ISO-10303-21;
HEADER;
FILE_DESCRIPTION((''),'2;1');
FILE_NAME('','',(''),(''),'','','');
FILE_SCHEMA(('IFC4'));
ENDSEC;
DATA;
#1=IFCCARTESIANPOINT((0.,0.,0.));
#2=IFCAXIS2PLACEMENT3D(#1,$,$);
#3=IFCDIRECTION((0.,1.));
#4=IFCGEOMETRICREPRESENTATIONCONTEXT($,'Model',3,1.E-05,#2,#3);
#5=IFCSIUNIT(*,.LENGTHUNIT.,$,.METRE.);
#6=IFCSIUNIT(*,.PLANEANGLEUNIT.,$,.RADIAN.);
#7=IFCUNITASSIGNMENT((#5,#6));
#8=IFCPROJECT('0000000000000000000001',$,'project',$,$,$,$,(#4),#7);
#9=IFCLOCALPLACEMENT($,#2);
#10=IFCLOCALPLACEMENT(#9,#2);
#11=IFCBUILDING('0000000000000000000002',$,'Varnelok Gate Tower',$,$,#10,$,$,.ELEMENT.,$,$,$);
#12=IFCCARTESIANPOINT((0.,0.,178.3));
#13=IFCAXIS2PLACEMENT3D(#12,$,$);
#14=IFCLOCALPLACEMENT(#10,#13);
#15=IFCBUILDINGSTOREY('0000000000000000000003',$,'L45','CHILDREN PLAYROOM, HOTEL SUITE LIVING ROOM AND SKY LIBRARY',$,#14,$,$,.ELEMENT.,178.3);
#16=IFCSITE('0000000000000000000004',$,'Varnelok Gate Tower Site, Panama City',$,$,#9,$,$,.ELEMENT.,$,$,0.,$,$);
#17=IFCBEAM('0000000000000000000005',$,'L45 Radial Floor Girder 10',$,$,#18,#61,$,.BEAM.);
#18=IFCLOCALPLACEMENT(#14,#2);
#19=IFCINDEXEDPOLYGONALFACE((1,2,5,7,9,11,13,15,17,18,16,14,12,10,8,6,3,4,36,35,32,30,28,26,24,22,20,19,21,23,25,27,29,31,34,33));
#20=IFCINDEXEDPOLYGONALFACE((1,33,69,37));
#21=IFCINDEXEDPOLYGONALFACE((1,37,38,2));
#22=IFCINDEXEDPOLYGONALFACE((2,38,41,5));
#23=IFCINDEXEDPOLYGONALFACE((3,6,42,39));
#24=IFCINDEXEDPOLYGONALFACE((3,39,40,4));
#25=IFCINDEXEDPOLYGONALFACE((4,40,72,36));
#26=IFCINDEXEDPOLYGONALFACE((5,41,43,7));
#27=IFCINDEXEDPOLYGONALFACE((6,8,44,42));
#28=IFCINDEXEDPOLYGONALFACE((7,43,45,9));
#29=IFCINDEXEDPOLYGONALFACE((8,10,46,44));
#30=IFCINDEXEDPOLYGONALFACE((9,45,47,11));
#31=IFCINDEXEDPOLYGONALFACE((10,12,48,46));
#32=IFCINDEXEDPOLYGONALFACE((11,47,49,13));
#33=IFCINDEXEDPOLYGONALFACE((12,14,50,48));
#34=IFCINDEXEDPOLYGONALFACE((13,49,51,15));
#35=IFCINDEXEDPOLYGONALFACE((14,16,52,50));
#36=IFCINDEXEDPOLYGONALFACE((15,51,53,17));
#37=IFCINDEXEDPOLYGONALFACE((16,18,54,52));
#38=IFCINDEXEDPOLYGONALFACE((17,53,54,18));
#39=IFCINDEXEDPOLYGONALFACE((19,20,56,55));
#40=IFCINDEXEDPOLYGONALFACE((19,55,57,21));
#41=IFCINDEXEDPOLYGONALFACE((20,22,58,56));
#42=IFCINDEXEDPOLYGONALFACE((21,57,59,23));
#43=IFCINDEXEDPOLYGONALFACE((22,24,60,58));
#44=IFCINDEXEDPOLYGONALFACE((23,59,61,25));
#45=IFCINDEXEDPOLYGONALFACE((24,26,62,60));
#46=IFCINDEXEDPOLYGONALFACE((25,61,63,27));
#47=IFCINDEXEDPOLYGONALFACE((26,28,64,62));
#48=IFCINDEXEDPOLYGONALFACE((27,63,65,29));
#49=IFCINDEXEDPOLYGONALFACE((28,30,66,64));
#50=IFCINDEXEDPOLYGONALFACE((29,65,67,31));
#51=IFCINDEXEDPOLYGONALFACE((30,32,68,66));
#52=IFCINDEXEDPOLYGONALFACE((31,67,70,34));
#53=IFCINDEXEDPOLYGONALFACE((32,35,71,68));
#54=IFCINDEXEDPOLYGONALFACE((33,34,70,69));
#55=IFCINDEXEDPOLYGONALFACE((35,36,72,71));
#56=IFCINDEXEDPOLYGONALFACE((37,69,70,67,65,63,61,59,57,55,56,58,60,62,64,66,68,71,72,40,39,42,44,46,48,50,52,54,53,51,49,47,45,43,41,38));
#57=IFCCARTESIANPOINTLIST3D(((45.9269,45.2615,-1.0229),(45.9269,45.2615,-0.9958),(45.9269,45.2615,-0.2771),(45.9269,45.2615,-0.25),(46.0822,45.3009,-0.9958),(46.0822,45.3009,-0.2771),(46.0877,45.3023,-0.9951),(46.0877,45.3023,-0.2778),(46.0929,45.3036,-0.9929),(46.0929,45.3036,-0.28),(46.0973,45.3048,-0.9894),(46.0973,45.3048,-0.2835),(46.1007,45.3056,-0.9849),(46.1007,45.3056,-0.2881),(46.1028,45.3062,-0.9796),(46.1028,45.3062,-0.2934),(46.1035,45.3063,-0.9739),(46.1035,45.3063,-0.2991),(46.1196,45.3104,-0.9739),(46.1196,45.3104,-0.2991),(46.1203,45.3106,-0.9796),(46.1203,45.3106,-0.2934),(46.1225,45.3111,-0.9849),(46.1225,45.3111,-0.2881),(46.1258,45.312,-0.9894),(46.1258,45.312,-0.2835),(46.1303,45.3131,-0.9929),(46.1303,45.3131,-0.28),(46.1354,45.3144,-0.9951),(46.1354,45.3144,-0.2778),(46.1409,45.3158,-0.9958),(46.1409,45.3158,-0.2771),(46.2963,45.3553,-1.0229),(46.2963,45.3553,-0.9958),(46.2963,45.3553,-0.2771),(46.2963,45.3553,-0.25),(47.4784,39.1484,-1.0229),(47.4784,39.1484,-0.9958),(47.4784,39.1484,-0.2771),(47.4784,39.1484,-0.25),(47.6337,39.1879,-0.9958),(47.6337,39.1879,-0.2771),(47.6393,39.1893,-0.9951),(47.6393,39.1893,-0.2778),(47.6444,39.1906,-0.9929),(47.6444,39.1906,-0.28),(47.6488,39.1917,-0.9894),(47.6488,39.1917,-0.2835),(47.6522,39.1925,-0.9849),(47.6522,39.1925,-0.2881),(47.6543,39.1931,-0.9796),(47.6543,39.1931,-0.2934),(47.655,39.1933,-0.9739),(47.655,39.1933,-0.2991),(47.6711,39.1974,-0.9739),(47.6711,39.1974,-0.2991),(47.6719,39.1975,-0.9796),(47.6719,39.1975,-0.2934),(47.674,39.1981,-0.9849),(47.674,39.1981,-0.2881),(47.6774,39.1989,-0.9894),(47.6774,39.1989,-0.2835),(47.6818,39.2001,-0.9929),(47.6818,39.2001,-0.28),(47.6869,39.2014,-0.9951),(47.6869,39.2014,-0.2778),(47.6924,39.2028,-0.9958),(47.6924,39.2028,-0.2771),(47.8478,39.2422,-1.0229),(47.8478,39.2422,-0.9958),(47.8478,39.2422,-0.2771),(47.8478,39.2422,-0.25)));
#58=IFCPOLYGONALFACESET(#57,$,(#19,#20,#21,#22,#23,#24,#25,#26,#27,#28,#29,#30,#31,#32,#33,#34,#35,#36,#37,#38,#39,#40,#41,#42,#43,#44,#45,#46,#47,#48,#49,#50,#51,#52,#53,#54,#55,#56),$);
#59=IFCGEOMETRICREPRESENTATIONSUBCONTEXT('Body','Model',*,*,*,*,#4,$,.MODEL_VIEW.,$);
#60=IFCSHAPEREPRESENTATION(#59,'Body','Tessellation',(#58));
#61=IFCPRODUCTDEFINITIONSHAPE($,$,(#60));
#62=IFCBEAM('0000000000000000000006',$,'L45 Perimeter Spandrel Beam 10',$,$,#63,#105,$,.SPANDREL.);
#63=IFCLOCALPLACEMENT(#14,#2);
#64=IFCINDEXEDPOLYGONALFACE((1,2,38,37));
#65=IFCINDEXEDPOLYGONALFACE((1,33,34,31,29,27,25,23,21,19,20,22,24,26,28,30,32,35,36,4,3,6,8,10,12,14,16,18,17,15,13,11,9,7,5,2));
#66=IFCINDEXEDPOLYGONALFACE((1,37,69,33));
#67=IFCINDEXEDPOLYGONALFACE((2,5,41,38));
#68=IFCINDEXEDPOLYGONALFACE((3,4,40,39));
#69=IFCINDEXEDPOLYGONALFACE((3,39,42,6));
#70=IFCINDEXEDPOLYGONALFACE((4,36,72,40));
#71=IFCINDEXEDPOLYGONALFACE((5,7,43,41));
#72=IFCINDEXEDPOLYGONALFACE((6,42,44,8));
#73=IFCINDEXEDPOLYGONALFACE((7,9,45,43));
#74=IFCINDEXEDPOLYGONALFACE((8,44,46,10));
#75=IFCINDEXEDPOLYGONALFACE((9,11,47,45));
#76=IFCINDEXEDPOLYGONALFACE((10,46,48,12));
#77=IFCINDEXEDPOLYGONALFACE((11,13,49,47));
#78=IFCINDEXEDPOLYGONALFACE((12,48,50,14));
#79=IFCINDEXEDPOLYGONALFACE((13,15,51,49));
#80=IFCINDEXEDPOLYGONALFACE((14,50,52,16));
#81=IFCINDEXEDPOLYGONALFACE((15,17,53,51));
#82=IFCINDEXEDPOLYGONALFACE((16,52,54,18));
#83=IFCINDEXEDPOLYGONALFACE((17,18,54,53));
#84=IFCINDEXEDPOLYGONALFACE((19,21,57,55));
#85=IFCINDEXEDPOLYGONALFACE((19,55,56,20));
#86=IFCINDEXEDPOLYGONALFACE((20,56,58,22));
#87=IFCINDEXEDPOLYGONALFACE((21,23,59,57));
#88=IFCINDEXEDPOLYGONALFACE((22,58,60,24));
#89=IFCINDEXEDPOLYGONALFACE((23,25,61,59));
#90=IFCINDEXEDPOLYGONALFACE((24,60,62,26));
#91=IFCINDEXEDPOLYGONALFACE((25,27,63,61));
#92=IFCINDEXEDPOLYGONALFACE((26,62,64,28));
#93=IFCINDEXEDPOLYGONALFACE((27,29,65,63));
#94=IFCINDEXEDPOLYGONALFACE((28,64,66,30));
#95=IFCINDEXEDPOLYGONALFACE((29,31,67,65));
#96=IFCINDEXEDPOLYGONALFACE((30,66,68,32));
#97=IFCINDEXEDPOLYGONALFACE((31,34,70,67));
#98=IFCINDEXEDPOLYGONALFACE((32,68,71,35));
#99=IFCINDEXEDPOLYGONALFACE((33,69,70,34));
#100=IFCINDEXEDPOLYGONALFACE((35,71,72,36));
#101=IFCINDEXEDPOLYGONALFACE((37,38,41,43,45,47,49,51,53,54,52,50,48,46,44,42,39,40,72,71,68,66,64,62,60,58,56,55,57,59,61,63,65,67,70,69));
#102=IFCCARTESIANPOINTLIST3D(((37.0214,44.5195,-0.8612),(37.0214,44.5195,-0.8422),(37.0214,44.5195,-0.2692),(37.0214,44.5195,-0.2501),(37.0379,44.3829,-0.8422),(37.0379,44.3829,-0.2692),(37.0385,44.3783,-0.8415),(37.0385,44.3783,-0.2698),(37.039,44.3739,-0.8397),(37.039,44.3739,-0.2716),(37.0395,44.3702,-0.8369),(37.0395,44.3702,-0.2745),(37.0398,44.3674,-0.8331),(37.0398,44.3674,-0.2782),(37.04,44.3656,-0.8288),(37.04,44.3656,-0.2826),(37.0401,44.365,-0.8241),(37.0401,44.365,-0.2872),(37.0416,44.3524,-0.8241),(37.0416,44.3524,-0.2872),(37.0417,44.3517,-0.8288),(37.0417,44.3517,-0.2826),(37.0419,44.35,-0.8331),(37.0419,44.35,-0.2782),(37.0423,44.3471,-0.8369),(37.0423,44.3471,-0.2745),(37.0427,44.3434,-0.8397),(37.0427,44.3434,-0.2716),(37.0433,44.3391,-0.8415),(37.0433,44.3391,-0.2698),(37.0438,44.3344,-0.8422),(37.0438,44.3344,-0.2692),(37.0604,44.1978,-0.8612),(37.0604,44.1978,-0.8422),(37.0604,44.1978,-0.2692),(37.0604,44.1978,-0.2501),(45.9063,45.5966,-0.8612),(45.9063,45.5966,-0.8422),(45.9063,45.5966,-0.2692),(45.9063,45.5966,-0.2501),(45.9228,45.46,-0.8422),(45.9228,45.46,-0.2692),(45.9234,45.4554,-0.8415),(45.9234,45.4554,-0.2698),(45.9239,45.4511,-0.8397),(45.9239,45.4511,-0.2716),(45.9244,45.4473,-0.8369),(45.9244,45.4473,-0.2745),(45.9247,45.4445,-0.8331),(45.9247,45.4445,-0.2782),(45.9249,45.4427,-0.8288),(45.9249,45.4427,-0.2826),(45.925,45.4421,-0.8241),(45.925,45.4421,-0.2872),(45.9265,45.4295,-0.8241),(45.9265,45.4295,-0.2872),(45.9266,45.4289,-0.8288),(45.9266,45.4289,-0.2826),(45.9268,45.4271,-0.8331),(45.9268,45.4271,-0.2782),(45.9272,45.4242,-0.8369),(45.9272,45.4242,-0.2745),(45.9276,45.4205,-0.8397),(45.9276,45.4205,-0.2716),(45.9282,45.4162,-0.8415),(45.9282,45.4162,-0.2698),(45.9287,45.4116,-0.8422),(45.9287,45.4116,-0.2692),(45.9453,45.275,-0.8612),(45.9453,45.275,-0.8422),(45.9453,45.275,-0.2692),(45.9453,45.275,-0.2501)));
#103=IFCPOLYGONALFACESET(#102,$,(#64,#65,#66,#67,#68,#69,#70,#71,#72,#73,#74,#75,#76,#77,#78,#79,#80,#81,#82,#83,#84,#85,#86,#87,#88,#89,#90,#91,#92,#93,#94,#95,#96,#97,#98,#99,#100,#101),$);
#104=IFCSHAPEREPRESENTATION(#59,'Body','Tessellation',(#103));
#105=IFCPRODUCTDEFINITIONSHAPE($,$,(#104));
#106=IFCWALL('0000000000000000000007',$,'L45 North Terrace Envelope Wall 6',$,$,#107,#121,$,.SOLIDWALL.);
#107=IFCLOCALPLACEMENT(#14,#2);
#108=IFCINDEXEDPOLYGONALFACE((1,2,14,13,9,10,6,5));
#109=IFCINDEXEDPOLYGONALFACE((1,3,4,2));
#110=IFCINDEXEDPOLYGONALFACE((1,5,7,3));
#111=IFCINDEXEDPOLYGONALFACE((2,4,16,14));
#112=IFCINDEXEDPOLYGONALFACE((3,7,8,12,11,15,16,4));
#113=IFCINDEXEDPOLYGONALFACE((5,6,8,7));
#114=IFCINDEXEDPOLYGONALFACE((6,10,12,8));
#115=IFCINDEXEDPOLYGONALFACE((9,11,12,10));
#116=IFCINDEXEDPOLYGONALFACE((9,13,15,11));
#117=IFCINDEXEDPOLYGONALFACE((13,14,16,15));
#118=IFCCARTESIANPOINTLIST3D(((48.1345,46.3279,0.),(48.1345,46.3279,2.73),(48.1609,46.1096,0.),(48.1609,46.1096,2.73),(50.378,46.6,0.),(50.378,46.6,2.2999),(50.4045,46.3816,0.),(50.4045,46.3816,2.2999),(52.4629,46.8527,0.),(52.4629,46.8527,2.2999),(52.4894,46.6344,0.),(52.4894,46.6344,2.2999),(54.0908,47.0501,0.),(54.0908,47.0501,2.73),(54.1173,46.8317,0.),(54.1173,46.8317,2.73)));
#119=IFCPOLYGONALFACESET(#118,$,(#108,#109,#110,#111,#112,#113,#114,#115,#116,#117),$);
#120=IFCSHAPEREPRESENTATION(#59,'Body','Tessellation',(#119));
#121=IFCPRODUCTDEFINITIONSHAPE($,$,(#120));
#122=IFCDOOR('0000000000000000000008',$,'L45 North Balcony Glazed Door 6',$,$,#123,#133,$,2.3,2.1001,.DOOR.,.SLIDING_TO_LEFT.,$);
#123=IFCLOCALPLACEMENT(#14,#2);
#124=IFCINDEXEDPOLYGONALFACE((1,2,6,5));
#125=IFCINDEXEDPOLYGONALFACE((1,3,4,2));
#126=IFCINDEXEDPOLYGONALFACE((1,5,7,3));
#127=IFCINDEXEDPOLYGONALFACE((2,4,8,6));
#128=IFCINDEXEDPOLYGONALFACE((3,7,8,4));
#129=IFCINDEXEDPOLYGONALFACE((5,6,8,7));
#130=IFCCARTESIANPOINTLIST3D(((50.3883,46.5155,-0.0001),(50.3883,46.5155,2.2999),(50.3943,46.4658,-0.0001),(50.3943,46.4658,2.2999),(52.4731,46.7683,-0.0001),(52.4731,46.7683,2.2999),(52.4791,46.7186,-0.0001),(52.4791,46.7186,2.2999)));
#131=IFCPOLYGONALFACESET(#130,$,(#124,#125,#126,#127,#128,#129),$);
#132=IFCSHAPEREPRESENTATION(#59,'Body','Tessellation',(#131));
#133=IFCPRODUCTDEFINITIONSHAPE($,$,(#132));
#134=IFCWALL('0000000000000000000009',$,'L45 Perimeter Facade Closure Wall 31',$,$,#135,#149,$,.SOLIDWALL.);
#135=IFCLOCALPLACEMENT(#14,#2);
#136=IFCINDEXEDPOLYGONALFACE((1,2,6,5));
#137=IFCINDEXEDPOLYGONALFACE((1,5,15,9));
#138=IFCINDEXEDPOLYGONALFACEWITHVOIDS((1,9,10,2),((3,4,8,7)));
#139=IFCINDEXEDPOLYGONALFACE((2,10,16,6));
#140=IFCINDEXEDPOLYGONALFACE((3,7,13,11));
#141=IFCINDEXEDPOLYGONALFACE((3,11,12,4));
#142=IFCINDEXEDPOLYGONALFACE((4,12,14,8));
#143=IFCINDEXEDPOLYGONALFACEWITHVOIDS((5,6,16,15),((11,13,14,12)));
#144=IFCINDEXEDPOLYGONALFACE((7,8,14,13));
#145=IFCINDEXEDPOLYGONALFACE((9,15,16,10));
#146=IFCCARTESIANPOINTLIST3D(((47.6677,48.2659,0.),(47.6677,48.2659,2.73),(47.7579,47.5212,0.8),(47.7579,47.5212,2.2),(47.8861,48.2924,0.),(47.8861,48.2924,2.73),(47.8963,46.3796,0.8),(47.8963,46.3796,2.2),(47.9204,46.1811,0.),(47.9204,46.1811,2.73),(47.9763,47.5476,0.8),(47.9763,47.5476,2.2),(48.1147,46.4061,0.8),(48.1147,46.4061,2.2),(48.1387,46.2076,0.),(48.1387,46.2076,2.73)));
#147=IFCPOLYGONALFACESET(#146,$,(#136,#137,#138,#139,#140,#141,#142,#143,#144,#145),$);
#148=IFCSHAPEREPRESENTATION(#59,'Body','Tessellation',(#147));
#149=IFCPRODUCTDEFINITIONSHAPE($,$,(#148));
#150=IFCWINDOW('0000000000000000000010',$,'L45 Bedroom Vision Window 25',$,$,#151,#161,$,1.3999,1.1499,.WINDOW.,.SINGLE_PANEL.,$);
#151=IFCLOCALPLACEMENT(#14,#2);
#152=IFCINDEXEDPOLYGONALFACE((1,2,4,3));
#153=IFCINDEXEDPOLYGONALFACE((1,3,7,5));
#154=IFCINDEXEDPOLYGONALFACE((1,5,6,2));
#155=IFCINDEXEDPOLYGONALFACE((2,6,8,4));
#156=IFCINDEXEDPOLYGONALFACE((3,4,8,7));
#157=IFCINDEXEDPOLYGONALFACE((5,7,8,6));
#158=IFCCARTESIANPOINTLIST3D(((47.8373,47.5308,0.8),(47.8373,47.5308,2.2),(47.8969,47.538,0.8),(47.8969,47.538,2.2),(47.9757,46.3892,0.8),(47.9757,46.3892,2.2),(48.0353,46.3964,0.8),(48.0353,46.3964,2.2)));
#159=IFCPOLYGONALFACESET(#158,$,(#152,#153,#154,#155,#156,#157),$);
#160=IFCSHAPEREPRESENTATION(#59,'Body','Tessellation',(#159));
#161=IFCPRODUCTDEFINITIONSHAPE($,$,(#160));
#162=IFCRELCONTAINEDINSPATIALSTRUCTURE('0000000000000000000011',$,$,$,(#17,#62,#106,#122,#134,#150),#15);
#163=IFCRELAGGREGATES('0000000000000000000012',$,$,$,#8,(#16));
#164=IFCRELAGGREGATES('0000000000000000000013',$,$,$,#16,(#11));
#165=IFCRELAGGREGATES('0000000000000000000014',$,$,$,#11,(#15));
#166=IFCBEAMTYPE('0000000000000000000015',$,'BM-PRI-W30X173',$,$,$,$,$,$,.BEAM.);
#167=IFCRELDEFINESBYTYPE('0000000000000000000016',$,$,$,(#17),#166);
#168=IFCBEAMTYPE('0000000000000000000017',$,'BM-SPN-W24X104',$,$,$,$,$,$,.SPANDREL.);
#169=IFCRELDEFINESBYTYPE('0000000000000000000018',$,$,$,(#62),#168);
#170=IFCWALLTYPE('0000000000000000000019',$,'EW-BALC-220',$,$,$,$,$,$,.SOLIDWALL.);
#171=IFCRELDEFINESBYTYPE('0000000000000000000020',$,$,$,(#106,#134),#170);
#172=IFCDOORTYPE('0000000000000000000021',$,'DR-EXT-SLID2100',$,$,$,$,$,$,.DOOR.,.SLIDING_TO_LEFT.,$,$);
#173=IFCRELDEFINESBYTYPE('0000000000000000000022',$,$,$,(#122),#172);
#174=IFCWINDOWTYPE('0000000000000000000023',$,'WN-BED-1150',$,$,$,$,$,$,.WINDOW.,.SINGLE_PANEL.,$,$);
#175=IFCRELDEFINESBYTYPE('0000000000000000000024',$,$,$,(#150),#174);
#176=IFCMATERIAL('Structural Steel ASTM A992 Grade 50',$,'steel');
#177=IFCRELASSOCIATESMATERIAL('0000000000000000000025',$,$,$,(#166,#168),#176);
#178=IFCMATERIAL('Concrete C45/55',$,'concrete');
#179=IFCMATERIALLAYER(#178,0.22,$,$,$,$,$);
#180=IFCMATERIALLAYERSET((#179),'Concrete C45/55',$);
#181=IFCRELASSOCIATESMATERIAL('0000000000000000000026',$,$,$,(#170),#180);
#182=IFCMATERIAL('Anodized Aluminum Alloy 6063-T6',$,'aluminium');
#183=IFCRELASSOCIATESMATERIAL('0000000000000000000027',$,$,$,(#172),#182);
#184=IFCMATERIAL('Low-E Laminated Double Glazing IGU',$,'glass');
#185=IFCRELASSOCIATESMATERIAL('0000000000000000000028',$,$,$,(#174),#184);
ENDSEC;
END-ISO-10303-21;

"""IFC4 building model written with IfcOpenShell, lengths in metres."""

from ifc_helpers import new_model, si_unit, direction, frame, frame_2d, origin, origin_2d, place, context, subcontext, project, spatial, rectangle, i_section, extrude, material, layer, layer_set, material_profile, profile_set, type_object, element, fill, save


model = new_model("IFC4")

# Units and contexts
model_context = context("Model", 3, precision=1e-05, world=origin(), true_north=direction((0.0, 1.0)))
body_context = subcontext(model_context, "Body", "Model", "MODEL_VIEW")
ifc_project = project(units=[si_unit("LENGTHUNIT", "METRE"), si_unit("PLANEANGLEUNIT", "RADIAN")], contexts=[model_context])

# Site, building, storey
site_placement = place(None, origin())
site = spatial("IfcSite", under=ifc_project, at=site_placement, Name="Varnelok Gate Tower Site, Panama City", CompositionType="ELEMENT", RefElevation=0.0)
building_placement = place(site_placement, origin())
building = spatial("IfcBuilding", under=site, at=building_placement, Name="Varnelok Gate Tower", CompositionType="ELEMENT")
storey_placement = place(building_placement, frame((0.0, 0.0, 178.3)))
storey = spatial("IfcBuildingStorey", under=building, at=storey_placement, Name="L45", Description="CHILDREN PLAYROOM, HOTEL SUITE LIVING ROOM AND SKY LIBRARY", CompositionType="ELEMENT", Elevation=178.3)

# Shared definitions
ifc_material_1 = material(Name="Structural Steel ASTM A992 Grade 50", Category="steel")

# Beams
ifc_material_profile_1 = material_profile(ifc_material_1, i_section(OverallWidth=0.3811, OverallDepth=0.7729, WebThickness=0.0166, FlangeThickness=0.0271, FilletRadius=0.022, at=origin_2d()), Name="W30X173")
ifc_profile_set_1 = profile_set([ifc_material_profile_1], Name="Structural Steel ASTM A992 Grade 50")
beam_type_1 = type_object("IfcBeamType", Name="BM-PRI-W30X173", PredefinedType="BEAM", material=ifc_profile_set_1)
beam_1_placement = place(storey_placement, frame((47.6631, 39.1953, -0.6365), z_axis=(-0.246004, 0.969269, 0.0), x_axis=(-0.969269, -0.246004, 0.0)))
element("IfcBeam", 1, at=beam_1_placement, inside=storey, type_object=beam_type_1, Name="L45 Radial Floor Girder 10", PredefinedType="BEAM", context=body_context, shape_type="SweptSolid", body=[
    extrude(i_section(OverallWidth=0.3811, OverallDepth=0.7729, WebThickness=0.0166, FlangeThickness=0.0271, FilletRadius=0.022, at=origin_2d()), origin(), (0.0, 0.0, 1.0), 6.3069),
])
ifc_material_profile_2 = material_profile(ifc_material_1, i_section(OverallWidth=0.324, OverallDepth=0.6111, WebThickness=0.0127, FlangeThickness=0.019, FilletRadius=0.0181, at=origin_2d()), Name="W24X104")
ifc_profile_set_2 = profile_set([ifc_material_profile_2], Name="Structural Steel ASTM A992 Grade 50")
beam_type_2 = type_object("IfcBeamType", Name="BM-SPN-W24X104", PredefinedType="SPANDREL", material=ifc_profile_set_2)
beam_2_placement = place(storey_placement, frame((45.9258, 45.4358, -0.5557), z_axis=(-0.992731, -0.120351, 0.0), x_axis=(0.120351, -0.992731, 0.0)))
element("IfcBeam", 2, at=beam_2_placement, inside=storey, type_object=beam_type_2, Name="L45 Perimeter Spandrel Beam 10", PredefinedType="SPANDREL", context=body_context, shape_type="SweptSolid", body=[
    extrude(i_section(OverallWidth=0.324, OverallDepth=0.6111, WebThickness=0.0127, FlangeThickness=0.019, FilletRadius=0.0181, at=origin_2d()), origin(), (0.0, 0.0, 1.0), 8.95),
])

# Wall, opening, door
ifc_material_2 = material(Name="Concrete C45/55", Category="concrete")
ifc_layer_1 = layer(ifc_material_2, 0.22)
ifc_layer_set_1 = layer_set([ifc_layer_1], Name="Concrete C45/55")
wall_type_1 = type_object("IfcWallType", Name="EW-BALC-220", PredefinedType="SOLIDWALL", material=ifc_layer_set_1)
wall_1_placement = place(storey_placement, frame((48.1477, 46.2188, 0.0), z_axis=(0.0, 0.0, 1.0), x_axis=(0.99273, 0.120363, 0.0)))
wall_1 = element("IfcWall", 3, at=wall_1_placement, inside=storey, type_object=wall_type_1, Name="L45 North Terrace Envelope Wall 6", PredefinedType="SOLIDWALL", context=body_context, shape_type="SweptSolid", body=[
    extrude(rectangle(XDim=6.0, YDim=0.22, at=frame_2d((3.0, 0.0))), origin(), (0.0, 0.0, 1.0), 2.73),
])
opening_1_placement = place(wall_1_placement, frame((2.26, 0.0, 0.0)))
opening_1 = element("IfcOpeningElement", 4, at=opening_1_placement, cuts=wall_1, PredefinedType="OPENING", context=body_context, shape_type="SweptSolid", body=[
    extrude(rectangle(XDim=2.1001, YDim=2.3, at=frame_2d((1.05, 1.1499))), frame((0.0, 0.1199, 0.0), z_axis=(0.0, -1.0, 0.0), x_axis=(1.0, 0.0, 0.0)), (0.0, 0.0, 1.0), 0.24),
])
ifc_material_3 = material(Name="Anodized Aluminum Alloy 6063-T6", Category="aluminium")
door_type_1 = type_object("IfcDoorType", Name="DR-EXT-SLID2100", OperationType="SLIDING_TO_LEFT", PredefinedType="DOOR", material=ifc_material_3)
door_1_placement = place(opening_1_placement, origin())
door_1 = element("IfcDoor", 5, at=door_1_placement, inside=storey, type_object=door_type_1, Name="L45 North Balcony Glazed Door 6", OperationType="SLIDING_TO_LEFT", OverallHeight=2.3, OverallWidth=2.1001, PredefinedType="DOOR", context=body_context, shape_type="SweptSolid", body=[
    extrude(rectangle(XDim=2.1001, YDim=2.3, at=frame_2d((1.05, 1.1499))), frame((0.0, 0.0249, 0.0), z_axis=(0.0, -1.0, 0.0), x_axis=(1.0, 0.0, 0.0)), (0.0, 0.0, 1.0), 0.05),
])
fill(opening_1, door_1)

# Wall, opening, window
wall_2_placement = place(storey_placement, frame((48.0295, 46.1943, 0.0), z_axis=(0.0, 0.0, 1.0), x_axis=(-0.120314, 0.992736, 0.0)))
wall_2 = element("IfcWall", 6, at=wall_2_placement, inside=storey, type_object=wall_type_1, Name="L45 Perimeter Facade Closure Wall 31", PredefinedType="SOLIDWALL", context=body_context, shape_type="SweptSolid", body=[
    extrude(rectangle(XDim=2.1001, YDim=0.22, at=frame_2d((1.05, 0.0))), origin(), (0.0, 0.0, 1.0), 2.73),
])
opening_2_placement = place(wall_2_placement, frame((0.2, 0.0, 0.8)))
opening_2 = element("IfcOpeningElement", 7, at=opening_2_placement, cuts=wall_2, PredefinedType="OPENING", context=body_context, shape_type="SweptSolid", body=[
    extrude(rectangle(XDim=1.1499, YDim=1.3999, at=frame_2d((0.575, 0.7))), frame((0.0, 0.1199, 0.0), z_axis=(0.0, -1.0, 0.0), x_axis=(1.0, 0.0, 0.0)), (0.0, 0.0, 1.0), 0.24),
])
ifc_material_4 = material(Name="Low-E Laminated Double Glazing IGU", Category="glass")
window_type_1 = type_object("IfcWindowType", Name="WN-BED-1150", PartitioningType="SINGLE_PANEL", PredefinedType="WINDOW", material=ifc_material_4)
window_1_placement = place(opening_2_placement, origin())
window_1 = element("IfcWindow", 8, at=window_1_placement, inside=storey, type_object=window_type_1, Name="L45 Bedroom Vision Window 25", OverallHeight=1.3999, OverallWidth=1.1499, PartitioningType="SINGLE_PANEL", PredefinedType="WINDOW", context=body_context, shape_type="SweptSolid", body=[
    extrude(rectangle(XDim=1.1499, YDim=1.3999, at=frame_2d((0.575, 0.7))), frame((0.0, 0.03, 0.0), z_axis=(0.0, -1.0, 0.0), x_axis=(1.0, 0.0, 0.0)), (0.0, 0.0, 1.0), 0.0601),
])
fill(opening_2, window_1)

save(model, "model.ifc")
